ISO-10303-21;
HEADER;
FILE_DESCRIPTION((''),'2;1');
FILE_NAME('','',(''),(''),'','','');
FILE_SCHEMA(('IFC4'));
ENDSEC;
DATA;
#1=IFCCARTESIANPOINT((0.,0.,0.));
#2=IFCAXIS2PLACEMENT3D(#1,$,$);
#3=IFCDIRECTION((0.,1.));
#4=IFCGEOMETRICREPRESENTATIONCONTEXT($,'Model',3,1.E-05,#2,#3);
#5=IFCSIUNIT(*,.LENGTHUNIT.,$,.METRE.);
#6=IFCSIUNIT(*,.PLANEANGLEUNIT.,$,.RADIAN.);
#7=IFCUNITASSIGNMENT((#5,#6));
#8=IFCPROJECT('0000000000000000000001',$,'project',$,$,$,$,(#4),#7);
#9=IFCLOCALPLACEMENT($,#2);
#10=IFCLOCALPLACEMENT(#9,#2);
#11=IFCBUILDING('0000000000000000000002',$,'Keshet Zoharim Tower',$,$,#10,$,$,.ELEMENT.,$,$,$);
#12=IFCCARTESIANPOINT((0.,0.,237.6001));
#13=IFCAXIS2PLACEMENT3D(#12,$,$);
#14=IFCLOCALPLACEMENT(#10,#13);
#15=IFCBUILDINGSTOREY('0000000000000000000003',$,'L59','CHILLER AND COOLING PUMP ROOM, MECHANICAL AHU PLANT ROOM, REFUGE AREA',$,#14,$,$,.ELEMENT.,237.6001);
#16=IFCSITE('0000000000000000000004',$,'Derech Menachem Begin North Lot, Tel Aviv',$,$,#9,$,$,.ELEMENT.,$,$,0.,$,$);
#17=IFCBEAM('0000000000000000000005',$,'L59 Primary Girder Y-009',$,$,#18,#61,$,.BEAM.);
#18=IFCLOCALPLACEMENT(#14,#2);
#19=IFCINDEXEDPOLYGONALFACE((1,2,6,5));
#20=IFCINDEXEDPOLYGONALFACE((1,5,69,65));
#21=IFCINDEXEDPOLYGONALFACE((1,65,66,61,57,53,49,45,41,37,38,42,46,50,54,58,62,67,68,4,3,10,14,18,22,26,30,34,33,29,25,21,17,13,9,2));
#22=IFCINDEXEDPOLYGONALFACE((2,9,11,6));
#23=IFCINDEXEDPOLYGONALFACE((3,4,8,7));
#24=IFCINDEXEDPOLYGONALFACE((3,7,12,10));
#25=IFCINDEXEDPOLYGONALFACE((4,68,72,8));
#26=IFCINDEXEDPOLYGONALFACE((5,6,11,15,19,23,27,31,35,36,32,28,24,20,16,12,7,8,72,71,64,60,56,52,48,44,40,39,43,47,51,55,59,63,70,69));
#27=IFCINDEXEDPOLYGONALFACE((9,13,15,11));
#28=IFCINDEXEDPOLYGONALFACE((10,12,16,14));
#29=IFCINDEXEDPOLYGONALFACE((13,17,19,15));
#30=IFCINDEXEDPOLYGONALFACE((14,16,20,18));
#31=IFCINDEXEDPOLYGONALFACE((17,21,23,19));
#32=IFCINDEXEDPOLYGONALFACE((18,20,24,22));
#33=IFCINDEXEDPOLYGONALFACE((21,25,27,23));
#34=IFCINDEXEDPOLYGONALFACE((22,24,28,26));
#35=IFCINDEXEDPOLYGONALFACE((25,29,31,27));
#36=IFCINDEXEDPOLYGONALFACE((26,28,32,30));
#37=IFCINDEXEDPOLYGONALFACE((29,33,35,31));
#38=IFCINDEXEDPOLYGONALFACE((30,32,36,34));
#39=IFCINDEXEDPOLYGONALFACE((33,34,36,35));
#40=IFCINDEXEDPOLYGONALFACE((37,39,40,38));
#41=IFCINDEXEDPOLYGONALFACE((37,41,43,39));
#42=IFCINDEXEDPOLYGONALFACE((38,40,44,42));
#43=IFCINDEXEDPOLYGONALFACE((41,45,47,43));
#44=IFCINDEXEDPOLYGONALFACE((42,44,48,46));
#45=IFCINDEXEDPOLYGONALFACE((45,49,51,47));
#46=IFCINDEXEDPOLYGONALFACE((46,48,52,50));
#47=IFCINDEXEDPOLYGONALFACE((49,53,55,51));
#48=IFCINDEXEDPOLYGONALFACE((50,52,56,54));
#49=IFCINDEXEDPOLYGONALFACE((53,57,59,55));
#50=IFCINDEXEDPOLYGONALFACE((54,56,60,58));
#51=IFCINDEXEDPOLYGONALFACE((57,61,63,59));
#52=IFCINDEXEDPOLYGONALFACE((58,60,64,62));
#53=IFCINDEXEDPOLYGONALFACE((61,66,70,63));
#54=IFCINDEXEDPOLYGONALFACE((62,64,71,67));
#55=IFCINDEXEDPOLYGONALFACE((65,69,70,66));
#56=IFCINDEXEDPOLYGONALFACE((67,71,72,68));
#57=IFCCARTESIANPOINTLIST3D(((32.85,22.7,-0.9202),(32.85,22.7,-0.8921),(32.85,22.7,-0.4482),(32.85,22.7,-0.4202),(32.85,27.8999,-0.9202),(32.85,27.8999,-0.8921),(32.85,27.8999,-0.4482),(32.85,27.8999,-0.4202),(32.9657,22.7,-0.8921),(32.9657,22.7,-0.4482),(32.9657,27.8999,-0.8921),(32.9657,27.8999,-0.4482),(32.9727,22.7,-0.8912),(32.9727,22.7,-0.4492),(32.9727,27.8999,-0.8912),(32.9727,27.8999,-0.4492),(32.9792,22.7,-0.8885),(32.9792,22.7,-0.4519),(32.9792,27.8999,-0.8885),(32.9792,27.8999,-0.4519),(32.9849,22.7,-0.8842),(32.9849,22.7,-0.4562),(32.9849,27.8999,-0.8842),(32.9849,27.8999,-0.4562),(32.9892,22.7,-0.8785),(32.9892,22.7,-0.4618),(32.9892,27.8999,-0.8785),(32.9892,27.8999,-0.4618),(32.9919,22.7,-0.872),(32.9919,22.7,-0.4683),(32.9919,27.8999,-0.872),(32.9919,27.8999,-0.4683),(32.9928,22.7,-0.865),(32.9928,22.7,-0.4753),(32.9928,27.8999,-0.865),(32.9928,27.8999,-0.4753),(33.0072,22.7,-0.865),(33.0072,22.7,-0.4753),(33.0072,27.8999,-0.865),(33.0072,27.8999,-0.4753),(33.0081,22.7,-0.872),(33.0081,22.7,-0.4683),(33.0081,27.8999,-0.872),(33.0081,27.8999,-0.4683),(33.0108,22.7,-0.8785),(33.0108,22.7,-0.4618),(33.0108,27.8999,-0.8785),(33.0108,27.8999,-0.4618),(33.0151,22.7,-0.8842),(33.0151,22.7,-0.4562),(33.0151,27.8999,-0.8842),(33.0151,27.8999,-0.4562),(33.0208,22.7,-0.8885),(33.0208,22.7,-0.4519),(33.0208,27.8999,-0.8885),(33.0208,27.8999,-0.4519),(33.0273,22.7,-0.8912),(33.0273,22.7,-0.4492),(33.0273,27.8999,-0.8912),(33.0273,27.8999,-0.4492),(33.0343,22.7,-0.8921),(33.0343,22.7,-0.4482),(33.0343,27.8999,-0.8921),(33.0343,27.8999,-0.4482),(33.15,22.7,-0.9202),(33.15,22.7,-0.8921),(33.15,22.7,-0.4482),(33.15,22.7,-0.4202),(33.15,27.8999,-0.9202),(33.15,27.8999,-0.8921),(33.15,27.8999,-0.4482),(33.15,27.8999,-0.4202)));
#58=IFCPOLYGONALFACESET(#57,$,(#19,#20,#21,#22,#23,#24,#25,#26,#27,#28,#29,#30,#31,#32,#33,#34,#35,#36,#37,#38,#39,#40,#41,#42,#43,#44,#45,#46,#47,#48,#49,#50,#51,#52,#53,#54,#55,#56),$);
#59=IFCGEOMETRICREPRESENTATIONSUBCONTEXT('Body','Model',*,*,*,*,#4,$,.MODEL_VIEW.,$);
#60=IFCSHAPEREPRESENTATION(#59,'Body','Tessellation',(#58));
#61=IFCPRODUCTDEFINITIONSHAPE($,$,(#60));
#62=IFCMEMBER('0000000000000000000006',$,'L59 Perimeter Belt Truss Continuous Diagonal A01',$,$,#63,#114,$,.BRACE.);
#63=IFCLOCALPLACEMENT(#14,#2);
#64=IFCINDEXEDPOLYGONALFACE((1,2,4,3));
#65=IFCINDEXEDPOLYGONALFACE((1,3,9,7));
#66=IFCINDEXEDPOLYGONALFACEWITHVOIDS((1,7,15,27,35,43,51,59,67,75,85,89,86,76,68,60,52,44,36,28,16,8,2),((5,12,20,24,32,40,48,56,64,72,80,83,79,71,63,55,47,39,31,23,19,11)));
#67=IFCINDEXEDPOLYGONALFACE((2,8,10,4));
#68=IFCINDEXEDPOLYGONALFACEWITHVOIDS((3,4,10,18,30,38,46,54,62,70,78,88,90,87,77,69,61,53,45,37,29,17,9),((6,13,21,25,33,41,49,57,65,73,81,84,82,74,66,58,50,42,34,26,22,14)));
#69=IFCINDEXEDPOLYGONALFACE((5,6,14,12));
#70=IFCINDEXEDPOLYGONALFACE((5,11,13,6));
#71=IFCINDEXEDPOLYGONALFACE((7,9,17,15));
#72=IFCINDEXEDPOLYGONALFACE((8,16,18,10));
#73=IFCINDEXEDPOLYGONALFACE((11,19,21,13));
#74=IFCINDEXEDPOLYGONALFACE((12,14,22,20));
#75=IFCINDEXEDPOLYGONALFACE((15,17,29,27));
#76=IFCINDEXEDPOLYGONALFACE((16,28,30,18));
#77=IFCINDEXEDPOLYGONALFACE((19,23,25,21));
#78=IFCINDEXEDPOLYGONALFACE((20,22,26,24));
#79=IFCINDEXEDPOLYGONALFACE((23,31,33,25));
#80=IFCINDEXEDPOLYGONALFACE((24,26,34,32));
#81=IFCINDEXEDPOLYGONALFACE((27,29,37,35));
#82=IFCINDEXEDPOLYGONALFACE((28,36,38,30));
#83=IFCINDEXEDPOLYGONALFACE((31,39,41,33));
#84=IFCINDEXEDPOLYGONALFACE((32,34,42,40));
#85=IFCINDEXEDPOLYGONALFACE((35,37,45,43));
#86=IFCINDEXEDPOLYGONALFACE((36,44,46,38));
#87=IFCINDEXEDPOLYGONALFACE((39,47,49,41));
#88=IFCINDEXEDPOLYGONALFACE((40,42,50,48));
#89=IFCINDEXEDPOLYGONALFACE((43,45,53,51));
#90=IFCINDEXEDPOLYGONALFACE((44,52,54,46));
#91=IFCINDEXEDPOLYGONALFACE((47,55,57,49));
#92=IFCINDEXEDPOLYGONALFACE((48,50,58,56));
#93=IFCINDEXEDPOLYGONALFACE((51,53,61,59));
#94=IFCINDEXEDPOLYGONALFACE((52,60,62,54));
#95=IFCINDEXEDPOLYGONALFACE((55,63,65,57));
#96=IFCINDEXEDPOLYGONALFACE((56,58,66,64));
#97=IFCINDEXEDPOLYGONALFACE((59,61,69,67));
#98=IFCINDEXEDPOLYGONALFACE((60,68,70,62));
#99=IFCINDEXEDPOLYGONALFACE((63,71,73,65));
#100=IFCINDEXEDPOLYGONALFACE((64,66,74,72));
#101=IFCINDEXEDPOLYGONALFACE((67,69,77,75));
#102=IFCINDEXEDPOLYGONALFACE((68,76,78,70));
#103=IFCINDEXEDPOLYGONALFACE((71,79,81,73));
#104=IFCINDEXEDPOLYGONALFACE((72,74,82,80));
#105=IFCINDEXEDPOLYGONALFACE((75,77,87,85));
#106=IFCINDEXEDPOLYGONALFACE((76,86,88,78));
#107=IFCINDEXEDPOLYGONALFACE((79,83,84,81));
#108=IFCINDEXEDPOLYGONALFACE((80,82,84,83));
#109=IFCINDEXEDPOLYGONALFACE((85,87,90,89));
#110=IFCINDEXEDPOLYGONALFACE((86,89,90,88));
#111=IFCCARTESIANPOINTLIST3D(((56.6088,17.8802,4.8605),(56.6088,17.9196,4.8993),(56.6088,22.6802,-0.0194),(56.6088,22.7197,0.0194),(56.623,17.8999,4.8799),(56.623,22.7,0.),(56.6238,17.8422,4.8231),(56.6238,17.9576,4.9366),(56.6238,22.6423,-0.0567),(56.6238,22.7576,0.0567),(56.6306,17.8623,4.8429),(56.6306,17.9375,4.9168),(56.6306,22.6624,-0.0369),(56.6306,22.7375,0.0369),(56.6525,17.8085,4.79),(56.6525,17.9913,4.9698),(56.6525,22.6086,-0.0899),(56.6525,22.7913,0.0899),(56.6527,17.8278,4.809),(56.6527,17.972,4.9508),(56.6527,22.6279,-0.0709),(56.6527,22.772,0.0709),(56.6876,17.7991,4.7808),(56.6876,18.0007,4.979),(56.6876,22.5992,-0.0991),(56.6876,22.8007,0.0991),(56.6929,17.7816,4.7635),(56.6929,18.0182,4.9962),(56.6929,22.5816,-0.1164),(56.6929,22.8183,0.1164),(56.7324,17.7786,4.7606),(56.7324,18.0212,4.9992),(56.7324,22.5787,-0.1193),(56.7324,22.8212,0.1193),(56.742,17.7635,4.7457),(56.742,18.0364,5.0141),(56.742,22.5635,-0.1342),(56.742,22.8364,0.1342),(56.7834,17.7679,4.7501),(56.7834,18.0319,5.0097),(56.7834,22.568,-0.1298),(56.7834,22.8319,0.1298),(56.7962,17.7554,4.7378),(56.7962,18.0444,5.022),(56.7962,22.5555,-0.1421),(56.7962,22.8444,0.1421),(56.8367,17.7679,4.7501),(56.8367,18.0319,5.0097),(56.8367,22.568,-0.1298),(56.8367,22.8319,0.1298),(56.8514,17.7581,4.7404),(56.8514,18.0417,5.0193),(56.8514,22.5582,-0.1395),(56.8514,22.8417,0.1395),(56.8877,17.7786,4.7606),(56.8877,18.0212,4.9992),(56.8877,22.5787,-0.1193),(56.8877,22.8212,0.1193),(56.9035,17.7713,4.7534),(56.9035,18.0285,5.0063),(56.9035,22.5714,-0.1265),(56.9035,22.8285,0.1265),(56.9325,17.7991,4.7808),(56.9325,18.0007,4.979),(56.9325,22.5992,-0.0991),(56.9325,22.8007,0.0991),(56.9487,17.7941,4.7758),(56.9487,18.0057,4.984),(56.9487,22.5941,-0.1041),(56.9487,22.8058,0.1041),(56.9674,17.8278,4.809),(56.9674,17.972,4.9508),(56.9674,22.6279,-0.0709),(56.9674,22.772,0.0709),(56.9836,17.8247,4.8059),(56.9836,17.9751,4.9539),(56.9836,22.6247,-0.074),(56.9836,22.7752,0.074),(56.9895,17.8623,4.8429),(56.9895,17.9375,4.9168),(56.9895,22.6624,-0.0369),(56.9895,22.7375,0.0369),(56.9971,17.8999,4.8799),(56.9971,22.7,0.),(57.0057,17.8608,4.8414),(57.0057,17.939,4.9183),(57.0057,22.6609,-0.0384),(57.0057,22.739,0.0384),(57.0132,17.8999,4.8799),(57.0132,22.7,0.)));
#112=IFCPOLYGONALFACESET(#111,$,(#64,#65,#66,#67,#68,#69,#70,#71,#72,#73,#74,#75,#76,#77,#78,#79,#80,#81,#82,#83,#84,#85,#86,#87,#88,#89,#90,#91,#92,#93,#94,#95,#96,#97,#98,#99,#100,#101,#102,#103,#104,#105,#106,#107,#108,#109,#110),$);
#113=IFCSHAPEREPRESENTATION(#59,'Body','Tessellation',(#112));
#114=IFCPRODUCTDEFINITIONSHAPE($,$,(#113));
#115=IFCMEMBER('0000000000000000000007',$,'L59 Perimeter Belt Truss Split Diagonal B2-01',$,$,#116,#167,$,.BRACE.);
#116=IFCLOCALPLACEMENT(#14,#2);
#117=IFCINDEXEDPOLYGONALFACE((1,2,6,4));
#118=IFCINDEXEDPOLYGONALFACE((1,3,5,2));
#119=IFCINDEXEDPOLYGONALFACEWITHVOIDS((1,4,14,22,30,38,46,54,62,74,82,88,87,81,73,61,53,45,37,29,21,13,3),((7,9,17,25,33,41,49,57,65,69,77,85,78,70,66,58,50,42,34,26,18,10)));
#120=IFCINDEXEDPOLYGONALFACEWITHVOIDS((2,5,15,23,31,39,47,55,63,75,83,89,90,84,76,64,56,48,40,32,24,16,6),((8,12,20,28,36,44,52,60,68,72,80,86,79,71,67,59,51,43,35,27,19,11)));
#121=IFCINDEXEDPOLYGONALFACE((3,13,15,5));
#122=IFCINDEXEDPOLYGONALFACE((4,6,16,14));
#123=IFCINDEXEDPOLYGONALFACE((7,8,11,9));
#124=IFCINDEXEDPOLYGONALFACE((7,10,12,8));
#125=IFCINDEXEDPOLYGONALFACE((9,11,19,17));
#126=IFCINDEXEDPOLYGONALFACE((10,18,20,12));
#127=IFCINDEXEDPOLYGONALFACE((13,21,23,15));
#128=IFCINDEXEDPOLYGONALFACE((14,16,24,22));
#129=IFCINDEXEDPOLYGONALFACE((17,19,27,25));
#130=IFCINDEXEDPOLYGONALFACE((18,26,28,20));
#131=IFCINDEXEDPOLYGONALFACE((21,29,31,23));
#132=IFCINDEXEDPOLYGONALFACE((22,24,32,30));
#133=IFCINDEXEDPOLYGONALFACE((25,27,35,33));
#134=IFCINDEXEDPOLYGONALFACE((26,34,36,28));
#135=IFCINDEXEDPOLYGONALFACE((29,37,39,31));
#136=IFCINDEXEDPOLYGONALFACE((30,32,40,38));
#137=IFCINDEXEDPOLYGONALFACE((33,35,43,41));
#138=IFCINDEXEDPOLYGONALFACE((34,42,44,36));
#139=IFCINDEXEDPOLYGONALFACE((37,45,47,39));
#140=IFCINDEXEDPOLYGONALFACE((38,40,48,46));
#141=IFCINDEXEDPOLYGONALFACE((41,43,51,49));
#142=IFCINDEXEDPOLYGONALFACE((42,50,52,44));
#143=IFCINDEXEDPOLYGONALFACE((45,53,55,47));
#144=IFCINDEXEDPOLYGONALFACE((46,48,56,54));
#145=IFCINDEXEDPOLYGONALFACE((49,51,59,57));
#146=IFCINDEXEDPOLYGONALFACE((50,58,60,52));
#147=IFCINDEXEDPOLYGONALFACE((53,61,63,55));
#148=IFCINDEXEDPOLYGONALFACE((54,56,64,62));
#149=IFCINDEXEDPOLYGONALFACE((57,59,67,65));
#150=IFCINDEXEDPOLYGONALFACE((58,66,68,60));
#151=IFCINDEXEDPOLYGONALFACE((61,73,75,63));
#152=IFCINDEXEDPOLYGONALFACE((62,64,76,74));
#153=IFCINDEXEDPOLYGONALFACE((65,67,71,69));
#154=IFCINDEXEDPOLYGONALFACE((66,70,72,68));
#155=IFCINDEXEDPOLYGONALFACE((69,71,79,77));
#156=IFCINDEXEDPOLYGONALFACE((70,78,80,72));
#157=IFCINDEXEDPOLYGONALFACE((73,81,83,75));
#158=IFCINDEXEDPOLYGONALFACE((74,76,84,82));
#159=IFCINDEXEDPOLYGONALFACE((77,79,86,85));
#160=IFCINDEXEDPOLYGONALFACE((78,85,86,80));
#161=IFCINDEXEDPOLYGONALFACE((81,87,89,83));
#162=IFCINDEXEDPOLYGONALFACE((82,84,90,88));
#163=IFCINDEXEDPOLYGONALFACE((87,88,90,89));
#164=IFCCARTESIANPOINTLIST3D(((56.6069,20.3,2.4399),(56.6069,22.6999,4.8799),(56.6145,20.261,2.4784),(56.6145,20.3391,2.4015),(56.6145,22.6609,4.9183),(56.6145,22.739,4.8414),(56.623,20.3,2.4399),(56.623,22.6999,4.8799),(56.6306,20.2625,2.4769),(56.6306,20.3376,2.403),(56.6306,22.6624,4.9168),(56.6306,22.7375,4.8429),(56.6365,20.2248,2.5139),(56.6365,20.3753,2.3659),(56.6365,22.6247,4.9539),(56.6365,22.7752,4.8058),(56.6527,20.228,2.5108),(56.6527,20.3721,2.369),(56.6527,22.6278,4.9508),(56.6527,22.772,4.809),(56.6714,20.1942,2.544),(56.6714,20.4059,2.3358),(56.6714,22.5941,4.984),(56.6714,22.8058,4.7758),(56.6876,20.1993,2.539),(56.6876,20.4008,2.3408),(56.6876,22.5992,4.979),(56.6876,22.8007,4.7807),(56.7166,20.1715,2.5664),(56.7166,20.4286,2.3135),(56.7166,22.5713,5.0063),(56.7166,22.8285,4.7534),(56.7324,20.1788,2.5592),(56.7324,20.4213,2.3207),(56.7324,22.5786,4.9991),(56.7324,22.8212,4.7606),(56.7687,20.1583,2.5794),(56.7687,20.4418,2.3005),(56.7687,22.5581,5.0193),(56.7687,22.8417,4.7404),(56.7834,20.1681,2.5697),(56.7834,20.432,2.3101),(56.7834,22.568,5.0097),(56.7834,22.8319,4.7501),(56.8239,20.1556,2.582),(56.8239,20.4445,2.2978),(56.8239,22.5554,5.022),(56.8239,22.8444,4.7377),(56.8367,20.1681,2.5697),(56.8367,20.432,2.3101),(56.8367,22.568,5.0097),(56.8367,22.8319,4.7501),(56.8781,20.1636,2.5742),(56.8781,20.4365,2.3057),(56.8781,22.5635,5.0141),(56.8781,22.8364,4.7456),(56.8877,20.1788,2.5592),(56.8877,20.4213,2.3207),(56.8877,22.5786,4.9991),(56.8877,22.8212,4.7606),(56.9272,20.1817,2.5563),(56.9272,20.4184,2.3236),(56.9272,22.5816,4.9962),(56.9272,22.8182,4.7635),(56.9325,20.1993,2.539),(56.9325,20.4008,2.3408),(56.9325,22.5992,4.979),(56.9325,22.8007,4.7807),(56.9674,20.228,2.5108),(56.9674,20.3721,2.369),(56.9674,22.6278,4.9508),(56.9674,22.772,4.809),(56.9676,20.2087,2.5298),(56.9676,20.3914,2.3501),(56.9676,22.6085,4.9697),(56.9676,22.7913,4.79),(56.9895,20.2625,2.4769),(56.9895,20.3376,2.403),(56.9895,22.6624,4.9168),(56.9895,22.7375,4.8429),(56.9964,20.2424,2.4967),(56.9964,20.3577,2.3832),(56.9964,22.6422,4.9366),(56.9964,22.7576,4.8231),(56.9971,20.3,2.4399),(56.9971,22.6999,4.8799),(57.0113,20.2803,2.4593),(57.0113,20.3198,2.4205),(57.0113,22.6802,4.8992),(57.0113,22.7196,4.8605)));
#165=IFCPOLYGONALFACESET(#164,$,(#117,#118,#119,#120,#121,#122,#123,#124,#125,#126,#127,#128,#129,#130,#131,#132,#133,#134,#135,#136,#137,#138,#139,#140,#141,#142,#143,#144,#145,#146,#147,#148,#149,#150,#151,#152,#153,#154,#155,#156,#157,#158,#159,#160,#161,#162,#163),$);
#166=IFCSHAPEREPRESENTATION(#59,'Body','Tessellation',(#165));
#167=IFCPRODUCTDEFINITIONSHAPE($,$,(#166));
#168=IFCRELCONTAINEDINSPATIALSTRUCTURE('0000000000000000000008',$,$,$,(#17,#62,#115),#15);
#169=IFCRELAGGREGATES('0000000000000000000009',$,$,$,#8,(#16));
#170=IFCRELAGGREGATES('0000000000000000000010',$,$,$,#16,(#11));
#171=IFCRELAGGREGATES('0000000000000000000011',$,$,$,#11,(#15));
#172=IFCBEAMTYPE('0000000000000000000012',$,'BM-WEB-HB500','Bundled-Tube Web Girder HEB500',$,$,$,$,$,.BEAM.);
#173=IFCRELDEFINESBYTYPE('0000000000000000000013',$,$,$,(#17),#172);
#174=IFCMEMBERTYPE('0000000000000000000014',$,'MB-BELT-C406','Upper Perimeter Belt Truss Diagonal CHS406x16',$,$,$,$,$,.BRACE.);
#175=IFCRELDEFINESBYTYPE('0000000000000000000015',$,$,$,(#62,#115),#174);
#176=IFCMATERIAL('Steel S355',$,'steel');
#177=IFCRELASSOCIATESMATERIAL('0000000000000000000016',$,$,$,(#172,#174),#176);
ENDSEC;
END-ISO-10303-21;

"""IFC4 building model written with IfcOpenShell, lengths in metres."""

from ifc_helpers import new_model, si_unit, direction, frame, origin, origin_2d, place, context, subcontext, project, spatial, hollow_circle, i_section, extrude, material, material_profile, profile_set, type_object, element, save


model = new_model("IFC4")

# Units and contexts
model_context = context("Model", 3, precision=1e-05, world=origin(), true_north=direction((0.0, 1.0)))
body_context = subcontext(model_context, "Body", "Model", "MODEL_VIEW")
ifc_project = project(units=[si_unit("LENGTHUNIT", "METRE"), si_unit("PLANEANGLEUNIT", "RADIAN")], contexts=[model_context])

# Site, building, storey
site_placement = place(None, origin())
site = spatial("IfcSite", under=ifc_project, at=site_placement, Name="Derech Menachem Begin North Lot, Tel Aviv", CompositionType="ELEMENT", RefElevation=0.0)
building_placement = place(site_placement, origin())
building = spatial("IfcBuilding", under=site, at=building_placement, Name="Keshet Zoharim Tower", CompositionType="ELEMENT")
storey_placement = place(building_placement, frame((0.0, 0.0, 237.6001)))
storey = spatial("IfcBuildingStorey", under=building, at=storey_placement, Name="L59", Description="CHILLER AND COOLING PUMP ROOM, MECHANICAL AHU PLANT ROOM, REFUGE AREA", CompositionType="ELEMENT", Elevation=237.6001)

# Shared definitions
ifc_material_1 = material(Name="Steel S355", Category="steel")

# Beam
ifc_material_profile_1 = material_profile(ifc_material_1, i_section(OverallWidth=0.3, OverallDepth=0.5, WebThickness=0.0144, FlangeThickness=0.0281, FilletRadius=0.0271, at=origin_2d()), Name="HEB500")
ifc_profile_set_1 = profile_set([ifc_material_profile_1], Name="Steel S355")
beam_type_1 = type_object("IfcBeamType", Name="BM-WEB-HB500", Description="Bundled-Tube Web Girder HEB500", PredefinedType="BEAM", material=ifc_profile_set_1)
beam_1_placement = place(storey_placement, frame((33.0, 22.7, -0.6702), z_axis=(0.0, 1.0, 0.0), x_axis=(-1.0, 0.0, 0.0)))
element("IfcBeam", 1, at=beam_1_placement, inside=storey, type_object=beam_type_1, Name="L59 Primary Girder Y-009", PredefinedType="BEAM", context=body_context, shape_type="SweptSolid", body=[
    extrude(i_section(OverallWidth=0.3, OverallDepth=0.5, WebThickness=0.0144, FlangeThickness=0.0281, FilletRadius=0.0271, at=origin_2d()), origin(), (0.0, 0.0, 1.0), 5.2),
])

# Members
ifc_material_profile_2 = material_profile(ifc_material_1, hollow_circle(Radius=0.2031, WallThickness=0.0161, at=origin_2d()), Name="CHS406x16")
ifc_profile_set_2 = profile_set([ifc_material_profile_2], Name="Steel S355")
member_type_1 = type_object("IfcMemberType", Name="MB-BELT-C406", Description="Upper Perimeter Belt Truss Diagonal CHS406x16", PredefinedType="BRACE", material=ifc_profile_set_2)
member_1_placement = place(storey_placement, frame((56.8101, 22.7, 0.0), z_axis=(0.0, -0.701251, 0.712914), x_axis=(1.0, 0.0, 0.0)))
element("IfcMember", 2, at=member_1_placement, inside=storey, type_object=member_type_1, Name="L59 Perimeter Belt Truss Continuous Diagonal A01", PredefinedType="BRACE", context=body_context, shape_type="SweptSolid", body=[
    extrude(hollow_circle(Radius=0.2031, WallThickness=0.0161, at=origin_2d()), origin(), (0.0, 0.0, 1.0), 6.845),
])
member_2_placement = place(storey_placement, frame((56.8101, 20.3, 2.4399), z_axis=(0.0, 0.701233, 0.712932), x_axis=(-1.0, 0.0, 0.0)))
element("IfcMember", 3, at=member_2_placement, inside=storey, type_object=member_type_1, Name="L59 Perimeter Belt Truss Split Diagonal B2-01", PredefinedType="BRACE", context=body_context, shape_type="SweptSolid", body=[
    extrude(hollow_circle(Radius=0.2031, WallThickness=0.0161, at=origin_2d()), origin(), (0.0, 0.0, 1.0), 3.4224),
])

save(model, "model.ifc")
